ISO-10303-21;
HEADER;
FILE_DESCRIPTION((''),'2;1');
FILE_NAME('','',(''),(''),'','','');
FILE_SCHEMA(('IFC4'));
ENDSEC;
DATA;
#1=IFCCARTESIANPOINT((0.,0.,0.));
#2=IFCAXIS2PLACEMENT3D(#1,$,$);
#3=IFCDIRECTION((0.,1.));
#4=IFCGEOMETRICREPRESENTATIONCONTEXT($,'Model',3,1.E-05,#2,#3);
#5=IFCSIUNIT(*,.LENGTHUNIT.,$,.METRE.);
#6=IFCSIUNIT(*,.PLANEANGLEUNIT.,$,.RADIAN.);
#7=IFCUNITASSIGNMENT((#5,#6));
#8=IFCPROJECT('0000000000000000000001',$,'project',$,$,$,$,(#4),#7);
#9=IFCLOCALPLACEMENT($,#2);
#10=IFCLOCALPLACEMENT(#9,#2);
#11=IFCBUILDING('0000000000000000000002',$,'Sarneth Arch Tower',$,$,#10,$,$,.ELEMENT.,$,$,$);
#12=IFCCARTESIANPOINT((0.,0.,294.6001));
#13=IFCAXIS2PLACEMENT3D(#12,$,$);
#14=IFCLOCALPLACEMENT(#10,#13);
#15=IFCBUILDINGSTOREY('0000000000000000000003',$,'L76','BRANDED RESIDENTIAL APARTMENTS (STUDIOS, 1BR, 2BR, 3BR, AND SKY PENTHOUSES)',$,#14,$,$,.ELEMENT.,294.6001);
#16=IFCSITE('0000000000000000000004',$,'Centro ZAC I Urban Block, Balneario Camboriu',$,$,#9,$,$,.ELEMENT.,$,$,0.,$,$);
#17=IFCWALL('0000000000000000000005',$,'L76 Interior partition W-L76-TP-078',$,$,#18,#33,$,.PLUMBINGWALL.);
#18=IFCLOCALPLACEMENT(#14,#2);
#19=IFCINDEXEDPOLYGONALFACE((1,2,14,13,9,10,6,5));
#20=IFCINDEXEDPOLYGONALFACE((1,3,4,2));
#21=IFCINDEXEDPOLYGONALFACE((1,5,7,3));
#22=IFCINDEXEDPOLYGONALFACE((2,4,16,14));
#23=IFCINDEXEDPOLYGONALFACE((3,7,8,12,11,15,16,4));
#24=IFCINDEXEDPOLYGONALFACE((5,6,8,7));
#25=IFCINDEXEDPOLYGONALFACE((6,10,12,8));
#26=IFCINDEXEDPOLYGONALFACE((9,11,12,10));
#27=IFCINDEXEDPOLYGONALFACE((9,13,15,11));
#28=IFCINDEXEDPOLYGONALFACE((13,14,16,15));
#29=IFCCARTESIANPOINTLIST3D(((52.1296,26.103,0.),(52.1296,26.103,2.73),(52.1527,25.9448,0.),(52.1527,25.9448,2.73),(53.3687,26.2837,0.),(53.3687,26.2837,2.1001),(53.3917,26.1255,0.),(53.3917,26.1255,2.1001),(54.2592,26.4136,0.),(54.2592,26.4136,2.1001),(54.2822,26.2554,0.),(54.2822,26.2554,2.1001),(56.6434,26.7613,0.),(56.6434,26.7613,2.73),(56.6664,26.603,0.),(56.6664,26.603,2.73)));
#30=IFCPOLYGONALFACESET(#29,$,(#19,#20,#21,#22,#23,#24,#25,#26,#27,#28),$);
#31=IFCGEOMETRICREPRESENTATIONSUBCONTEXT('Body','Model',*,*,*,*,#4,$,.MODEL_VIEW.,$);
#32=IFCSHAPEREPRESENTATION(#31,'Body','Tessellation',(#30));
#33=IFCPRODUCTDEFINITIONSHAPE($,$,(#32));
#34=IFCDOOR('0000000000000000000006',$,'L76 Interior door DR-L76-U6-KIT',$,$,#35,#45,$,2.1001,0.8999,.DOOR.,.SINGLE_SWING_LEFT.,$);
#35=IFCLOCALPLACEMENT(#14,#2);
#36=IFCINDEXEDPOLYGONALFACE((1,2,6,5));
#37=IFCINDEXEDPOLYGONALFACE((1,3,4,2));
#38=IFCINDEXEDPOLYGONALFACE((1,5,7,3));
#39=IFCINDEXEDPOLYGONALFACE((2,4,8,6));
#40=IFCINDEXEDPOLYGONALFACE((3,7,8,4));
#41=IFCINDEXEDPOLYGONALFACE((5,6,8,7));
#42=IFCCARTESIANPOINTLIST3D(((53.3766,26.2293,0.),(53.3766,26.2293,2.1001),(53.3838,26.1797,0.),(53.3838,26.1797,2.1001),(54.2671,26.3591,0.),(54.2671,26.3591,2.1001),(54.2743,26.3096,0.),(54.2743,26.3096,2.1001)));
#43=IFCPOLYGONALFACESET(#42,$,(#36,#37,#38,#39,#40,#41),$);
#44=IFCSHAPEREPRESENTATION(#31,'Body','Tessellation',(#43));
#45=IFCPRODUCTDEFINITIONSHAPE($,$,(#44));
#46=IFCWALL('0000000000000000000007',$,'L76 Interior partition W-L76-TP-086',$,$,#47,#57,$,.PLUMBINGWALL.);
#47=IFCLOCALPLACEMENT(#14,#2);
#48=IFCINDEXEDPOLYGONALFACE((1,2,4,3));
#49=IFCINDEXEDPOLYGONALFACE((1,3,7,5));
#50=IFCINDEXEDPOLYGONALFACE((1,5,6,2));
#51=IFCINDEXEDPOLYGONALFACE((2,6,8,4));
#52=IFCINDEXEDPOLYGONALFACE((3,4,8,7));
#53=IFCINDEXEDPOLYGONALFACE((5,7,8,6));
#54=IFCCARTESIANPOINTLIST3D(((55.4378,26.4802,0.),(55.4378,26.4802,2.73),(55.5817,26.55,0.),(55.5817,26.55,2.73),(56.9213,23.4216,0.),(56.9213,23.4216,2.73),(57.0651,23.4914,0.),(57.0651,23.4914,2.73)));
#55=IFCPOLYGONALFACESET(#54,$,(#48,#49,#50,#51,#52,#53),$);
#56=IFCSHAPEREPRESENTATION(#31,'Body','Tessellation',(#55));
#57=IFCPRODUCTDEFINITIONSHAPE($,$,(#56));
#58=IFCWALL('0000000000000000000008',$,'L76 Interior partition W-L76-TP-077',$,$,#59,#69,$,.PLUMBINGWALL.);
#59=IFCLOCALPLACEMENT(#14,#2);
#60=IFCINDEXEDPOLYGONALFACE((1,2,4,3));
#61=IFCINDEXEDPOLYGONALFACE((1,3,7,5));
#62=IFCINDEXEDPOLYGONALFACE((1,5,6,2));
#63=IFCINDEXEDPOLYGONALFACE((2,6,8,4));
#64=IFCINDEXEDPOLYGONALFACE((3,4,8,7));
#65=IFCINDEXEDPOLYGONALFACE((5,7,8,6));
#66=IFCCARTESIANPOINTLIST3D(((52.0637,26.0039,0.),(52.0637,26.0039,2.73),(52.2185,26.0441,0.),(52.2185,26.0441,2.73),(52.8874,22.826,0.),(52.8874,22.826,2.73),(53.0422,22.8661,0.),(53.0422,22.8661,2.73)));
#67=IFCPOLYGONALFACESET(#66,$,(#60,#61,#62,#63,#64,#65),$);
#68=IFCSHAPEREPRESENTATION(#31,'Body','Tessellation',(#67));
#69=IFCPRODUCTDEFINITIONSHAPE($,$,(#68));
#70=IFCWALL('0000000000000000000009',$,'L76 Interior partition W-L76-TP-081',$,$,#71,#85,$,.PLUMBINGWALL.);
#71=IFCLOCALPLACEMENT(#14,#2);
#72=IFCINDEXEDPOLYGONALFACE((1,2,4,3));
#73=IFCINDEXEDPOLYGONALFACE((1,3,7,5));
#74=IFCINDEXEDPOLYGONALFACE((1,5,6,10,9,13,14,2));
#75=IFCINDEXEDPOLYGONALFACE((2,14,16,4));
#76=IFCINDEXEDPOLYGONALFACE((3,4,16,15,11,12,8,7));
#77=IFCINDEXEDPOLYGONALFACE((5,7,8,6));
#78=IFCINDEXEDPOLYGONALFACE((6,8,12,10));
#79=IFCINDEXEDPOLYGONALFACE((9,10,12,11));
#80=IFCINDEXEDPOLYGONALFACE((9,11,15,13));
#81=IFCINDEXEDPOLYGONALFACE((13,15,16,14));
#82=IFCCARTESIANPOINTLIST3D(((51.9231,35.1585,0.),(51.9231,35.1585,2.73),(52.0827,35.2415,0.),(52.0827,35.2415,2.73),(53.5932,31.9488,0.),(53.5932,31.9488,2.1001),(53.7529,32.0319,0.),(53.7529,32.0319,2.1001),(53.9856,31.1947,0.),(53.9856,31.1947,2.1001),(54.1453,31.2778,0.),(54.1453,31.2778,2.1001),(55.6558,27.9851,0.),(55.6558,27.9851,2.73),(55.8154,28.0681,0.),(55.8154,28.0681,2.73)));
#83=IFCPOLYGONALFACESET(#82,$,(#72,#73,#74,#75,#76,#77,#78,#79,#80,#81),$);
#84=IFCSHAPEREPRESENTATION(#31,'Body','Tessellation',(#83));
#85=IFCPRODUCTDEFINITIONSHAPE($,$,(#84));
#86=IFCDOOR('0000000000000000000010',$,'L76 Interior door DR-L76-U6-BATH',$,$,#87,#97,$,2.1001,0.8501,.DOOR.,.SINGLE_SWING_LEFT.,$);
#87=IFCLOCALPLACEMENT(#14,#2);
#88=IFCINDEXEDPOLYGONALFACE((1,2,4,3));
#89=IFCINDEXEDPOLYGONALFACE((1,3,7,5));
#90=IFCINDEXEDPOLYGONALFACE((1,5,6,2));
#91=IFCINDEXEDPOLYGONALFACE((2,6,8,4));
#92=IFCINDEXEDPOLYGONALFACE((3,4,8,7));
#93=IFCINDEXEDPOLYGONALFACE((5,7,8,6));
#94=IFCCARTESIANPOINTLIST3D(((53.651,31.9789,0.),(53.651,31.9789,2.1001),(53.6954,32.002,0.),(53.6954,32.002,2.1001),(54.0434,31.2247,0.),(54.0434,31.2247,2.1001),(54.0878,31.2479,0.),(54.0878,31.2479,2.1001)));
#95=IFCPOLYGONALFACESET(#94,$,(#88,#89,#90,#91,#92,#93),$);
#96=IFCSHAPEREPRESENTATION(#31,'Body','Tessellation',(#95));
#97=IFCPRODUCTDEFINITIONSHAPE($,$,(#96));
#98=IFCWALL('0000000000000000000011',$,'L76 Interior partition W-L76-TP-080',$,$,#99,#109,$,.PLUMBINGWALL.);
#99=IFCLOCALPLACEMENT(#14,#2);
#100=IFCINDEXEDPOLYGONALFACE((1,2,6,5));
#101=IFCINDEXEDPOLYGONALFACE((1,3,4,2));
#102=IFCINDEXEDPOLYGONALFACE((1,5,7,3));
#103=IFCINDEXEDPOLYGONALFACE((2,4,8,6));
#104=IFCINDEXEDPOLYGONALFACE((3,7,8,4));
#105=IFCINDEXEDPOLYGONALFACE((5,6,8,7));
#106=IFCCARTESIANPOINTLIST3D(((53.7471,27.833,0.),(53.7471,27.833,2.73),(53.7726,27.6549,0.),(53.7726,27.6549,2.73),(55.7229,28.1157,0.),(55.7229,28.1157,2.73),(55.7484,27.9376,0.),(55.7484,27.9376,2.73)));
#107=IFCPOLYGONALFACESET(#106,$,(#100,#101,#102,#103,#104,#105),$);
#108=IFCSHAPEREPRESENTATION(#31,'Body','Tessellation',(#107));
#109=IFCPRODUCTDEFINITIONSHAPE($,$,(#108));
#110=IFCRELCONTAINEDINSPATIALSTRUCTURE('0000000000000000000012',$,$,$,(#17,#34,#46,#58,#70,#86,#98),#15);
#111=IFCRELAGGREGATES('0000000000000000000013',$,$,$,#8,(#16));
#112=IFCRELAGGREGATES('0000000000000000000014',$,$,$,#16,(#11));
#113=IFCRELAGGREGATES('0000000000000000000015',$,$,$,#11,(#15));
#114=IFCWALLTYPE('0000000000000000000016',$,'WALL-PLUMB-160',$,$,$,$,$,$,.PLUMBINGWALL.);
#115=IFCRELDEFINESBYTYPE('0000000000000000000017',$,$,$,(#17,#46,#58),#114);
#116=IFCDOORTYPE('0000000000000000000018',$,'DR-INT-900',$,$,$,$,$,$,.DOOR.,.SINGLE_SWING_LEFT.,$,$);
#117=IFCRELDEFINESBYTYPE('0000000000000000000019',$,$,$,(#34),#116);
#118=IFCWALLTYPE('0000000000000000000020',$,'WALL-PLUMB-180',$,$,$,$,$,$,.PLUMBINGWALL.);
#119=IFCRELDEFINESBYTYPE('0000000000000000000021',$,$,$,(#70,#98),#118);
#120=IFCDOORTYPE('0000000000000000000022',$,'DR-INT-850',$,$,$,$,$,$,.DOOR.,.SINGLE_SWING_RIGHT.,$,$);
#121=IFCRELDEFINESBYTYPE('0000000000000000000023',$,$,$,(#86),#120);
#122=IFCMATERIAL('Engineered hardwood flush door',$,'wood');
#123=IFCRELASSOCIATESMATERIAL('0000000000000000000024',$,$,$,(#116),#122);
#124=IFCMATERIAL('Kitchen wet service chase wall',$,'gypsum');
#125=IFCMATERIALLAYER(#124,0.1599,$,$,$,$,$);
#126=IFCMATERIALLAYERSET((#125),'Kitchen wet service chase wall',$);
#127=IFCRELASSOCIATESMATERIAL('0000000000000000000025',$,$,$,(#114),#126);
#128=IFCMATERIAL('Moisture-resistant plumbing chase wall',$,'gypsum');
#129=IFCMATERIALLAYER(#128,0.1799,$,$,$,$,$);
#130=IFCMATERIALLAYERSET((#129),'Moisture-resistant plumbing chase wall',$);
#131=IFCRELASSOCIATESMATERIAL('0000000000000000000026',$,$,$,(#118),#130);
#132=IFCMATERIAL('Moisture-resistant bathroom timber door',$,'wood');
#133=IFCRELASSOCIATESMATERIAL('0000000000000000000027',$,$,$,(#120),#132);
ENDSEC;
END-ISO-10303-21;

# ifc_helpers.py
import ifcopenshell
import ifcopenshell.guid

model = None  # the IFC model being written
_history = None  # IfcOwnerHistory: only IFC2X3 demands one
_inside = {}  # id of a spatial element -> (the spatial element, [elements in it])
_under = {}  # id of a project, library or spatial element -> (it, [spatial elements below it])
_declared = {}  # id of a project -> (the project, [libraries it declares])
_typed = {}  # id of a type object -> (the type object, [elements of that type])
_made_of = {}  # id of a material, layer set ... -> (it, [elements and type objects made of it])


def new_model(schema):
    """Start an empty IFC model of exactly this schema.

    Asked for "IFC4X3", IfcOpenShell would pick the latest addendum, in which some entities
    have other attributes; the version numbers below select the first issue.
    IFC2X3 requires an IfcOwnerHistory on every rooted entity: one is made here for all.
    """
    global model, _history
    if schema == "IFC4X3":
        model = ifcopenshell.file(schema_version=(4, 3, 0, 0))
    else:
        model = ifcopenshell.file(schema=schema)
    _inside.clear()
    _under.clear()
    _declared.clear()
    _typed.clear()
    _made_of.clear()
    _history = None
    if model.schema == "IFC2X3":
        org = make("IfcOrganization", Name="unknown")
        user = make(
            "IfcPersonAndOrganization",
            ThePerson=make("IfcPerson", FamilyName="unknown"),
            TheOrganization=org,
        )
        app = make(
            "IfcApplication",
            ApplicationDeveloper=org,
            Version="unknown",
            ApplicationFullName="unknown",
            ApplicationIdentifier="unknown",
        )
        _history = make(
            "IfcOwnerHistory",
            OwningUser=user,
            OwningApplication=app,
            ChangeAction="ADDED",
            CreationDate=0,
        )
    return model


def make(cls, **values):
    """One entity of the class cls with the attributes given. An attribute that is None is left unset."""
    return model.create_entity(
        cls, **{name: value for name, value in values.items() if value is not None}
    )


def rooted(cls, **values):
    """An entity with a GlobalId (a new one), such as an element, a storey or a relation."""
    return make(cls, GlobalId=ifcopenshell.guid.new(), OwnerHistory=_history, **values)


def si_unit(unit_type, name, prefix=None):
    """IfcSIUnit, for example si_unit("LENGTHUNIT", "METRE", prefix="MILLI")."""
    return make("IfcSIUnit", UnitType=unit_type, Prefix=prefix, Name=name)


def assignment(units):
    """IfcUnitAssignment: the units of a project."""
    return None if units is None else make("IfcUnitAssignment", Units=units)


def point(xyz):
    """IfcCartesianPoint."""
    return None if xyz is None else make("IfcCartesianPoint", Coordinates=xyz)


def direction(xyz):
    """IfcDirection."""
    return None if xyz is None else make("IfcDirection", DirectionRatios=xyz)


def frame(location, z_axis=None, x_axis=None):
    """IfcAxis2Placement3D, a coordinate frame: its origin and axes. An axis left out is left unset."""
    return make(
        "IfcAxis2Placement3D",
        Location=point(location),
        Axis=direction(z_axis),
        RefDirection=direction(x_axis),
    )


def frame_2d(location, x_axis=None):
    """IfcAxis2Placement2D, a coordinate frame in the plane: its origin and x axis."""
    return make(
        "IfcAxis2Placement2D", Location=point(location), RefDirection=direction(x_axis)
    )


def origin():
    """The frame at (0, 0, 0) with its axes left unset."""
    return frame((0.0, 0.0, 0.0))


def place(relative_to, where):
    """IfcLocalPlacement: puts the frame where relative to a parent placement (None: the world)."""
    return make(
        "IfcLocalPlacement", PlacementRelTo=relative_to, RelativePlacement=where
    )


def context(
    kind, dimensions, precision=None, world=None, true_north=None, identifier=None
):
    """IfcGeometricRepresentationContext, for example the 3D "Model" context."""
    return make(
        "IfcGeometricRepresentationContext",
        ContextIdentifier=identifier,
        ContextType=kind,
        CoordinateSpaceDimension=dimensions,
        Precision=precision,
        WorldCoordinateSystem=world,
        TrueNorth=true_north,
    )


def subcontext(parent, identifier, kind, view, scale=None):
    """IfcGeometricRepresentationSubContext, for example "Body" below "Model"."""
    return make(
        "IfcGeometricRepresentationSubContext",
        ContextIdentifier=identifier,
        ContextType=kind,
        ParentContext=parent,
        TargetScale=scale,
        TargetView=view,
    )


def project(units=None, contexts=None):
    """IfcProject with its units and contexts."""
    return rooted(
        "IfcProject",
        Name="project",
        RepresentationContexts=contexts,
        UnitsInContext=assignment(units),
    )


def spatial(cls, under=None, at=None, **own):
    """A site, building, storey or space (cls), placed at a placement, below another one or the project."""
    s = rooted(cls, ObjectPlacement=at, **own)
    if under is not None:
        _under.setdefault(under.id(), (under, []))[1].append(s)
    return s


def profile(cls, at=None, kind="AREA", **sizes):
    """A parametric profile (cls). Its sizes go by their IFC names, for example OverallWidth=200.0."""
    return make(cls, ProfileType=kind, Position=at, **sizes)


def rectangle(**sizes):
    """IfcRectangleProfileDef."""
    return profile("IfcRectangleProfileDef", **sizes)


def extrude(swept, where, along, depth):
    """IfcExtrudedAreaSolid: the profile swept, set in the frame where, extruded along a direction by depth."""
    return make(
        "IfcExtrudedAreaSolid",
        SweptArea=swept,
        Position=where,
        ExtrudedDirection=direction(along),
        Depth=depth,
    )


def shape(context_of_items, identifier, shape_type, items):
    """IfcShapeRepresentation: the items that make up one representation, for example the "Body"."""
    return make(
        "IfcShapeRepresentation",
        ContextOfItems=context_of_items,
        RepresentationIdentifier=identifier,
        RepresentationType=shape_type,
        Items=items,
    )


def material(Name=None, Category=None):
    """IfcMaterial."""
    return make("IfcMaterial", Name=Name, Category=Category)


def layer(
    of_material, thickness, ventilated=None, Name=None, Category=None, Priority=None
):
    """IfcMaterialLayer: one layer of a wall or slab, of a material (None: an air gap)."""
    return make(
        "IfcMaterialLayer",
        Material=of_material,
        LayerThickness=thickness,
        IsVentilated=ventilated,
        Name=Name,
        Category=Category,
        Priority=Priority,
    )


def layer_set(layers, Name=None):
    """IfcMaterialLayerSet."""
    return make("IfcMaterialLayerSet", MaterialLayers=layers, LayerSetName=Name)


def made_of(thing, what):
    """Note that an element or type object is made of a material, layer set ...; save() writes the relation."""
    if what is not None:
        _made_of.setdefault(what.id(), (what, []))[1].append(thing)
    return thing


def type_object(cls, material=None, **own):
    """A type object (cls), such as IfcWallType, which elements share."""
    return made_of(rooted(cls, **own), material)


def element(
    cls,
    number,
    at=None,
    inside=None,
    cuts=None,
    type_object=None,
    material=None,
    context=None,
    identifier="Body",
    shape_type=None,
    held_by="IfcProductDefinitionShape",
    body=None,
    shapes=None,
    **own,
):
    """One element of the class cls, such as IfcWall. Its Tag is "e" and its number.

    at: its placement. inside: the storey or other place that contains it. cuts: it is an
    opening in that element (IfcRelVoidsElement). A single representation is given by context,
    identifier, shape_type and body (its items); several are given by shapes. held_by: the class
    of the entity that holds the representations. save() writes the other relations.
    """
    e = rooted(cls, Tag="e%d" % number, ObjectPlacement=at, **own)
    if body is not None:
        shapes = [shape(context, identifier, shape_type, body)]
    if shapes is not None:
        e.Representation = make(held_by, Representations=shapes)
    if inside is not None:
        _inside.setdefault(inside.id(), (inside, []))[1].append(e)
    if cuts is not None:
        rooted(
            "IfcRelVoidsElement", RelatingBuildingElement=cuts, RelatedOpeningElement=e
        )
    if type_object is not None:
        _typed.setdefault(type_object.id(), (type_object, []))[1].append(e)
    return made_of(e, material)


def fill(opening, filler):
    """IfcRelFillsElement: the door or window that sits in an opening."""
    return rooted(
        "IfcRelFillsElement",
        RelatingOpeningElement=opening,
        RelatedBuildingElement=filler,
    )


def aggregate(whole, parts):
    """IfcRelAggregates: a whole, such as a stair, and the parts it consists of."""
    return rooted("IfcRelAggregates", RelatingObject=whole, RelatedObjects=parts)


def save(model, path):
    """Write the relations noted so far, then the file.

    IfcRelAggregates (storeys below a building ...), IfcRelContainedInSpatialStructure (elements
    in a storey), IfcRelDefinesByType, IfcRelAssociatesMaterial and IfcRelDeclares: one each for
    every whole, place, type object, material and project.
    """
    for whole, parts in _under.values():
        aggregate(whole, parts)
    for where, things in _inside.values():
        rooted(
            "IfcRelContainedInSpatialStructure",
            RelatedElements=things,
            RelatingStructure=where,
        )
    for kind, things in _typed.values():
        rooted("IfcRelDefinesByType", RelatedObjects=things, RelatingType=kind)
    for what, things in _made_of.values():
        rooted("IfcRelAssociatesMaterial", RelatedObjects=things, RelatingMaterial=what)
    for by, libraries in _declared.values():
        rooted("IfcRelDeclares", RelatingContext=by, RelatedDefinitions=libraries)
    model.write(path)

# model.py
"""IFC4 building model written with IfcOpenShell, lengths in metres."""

from ifc_helpers import new_model, si_unit, direction, frame, frame_2d, origin, place, context, subcontext, project, spatial, rectangle, extrude, material, layer, layer_set, type_object, element, fill, save


model = new_model("IFC4")

# Units and contexts
model_context = context("Model", 3, precision=1e-05, world=origin(), true_north=direction((0.0, 1.0)))
body_context = subcontext(model_context, "Body", "Model", "MODEL_VIEW")
ifc_project = project(units=[si_unit("LENGTHUNIT", "METRE"), si_unit("PLANEANGLEUNIT", "RADIAN")], contexts=[model_context])

# Site, building, storey
site_placement = place(None, origin())
site = spatial("IfcSite", under=ifc_project, at=site_placement, Name="Centro ZAC I Urban Block, Balneario Camboriu", CompositionType="ELEMENT", RefElevation=0.0)
building_placement = place(site_placement, origin())
building = spatial("IfcBuilding", under=site, at=building_placement, Name="Sarneth Arch Tower", CompositionType="ELEMENT")
storey_placement = place(building_placement, frame((0.0, 0.0, 294.6001)))
storey = spatial("IfcBuildingStorey", under=building, at=storey_placement, Name="L76", Description="BRANDED RESIDENTIAL APARTMENTS (STUDIOS, 1BR, 2BR, 3BR, AND SKY PENTHOUSES)", CompositionType="ELEMENT", Elevation=294.6001)

# Shared definitions
ifc_material_1 = material(Name="Engineered hardwood flush door", Category="wood")
door_type_1 = type_object("IfcDoorType", Name="DR-INT-900", OperationType="SINGLE_SWING_LEFT", PredefinedType="DOOR", material=ifc_material_1)

# Wall, opening, door
ifc_material_2 = material(Name="Kitchen wet service chase wall", Category="gypsum")
ifc_layer_1 = layer(ifc_material_2, 0.1599)
ifc_layer_set_1 = layer_set([ifc_layer_1], Name="Kitchen wet service chase wall")
wall_type_1 = type_object("IfcWallType", Name="WALL-PLUMB-160", PredefinedType="PLUMBINGWALL", material=ifc_layer_set_1)
wall_1_placement = place(storey_placement, frame((52.1411, 26.0239, 0.0), z_axis=(0.0, 0.0, 1.0), x_axis=(0.989534, 0.144298, 0.0)))
wall_1 = element("IfcWall", 1, at=wall_1_placement, inside=storey, type_object=wall_type_1, Name="L76 Interior partition W-L76-TP-078", PredefinedType="PLUMBINGWALL", context=body_context, shape_type="SweptSolid", body=[
    extrude(rectangle(XDim=4.5615, YDim=0.1599, at=frame_2d((2.2808, 0.0))), origin(), (0.0, 0.0, 1.0), 2.73),
])
opening_1_placement = place(wall_1_placement, frame((1.2522, 0.0, 0.0)))
opening_1 = element("IfcOpeningElement", 2, at=opening_1_placement, cuts=wall_1, PredefinedType="OPENING", context=body_context, shape_type="SweptSolid", body=[
    extrude(rectangle(XDim=0.8999, YDim=2.1001, at=frame_2d((0.45, 1.05))), frame((0.0, 0.0898, 0.0), z_axis=(0.0, -1.0, 0.0), x_axis=(1.0, 0.0, 0.0)), (0.0, 0.0, 1.0), 0.1799),
])
door_1_placement = place(opening_1_placement, origin())
door_1 = element("IfcDoor", 3, at=door_1_placement, inside=storey, type_object=door_type_1, Name="L76 Interior door DR-L76-U6-KIT", OperationType="SINGLE_SWING_LEFT", OverallHeight=2.1001, OverallWidth=0.8999, PredefinedType="DOOR", context=body_context, shape_type="SweptSolid", body=[
    extrude(rectangle(XDim=0.8999, YDim=2.1001, at=frame_2d((0.45, 1.05))), frame((0.0, 0.0249, 0.0), z_axis=(0.0, -1.0, 0.0), x_axis=(1.0, 0.0, 0.0)), (0.0, 0.0, 1.0), 0.05),
])
fill(opening_1, door_1)

# Walls
wall_2_placement = place(storey_placement, frame((55.5098, 26.5151, 0.0), z_axis=(0.0, 0.0, 1.0), x_axis=(0.436379, -0.899763, 0.0)))
element("IfcWall", 4, at=wall_2_placement, inside=storey, type_object=wall_type_1, Name="L76 Interior partition W-L76-TP-086", PredefinedType="PLUMBINGWALL", context=body_context, shape_type="SweptSolid", body=[
    extrude(rectangle(XDim=3.3994, YDim=0.1599, at=frame_2d((1.6997, 0.0))), origin(), (0.0, 0.0, 1.0), 2.73),
])
wall_3_placement = place(storey_placement, frame((52.9648, 22.8459, 0.0), z_axis=(0.0, 0.0, 1.0), x_axis=(-0.250908, 0.968011, 0.0)))
element("IfcWall", 5, at=wall_3_placement, inside=storey, type_object=wall_type_1, Name="L76 Interior partition W-L76-TP-077", PredefinedType="PLUMBINGWALL", context=body_context, shape_type="SweptSolid", body=[
    extrude(rectangle(XDim=3.283, YDim=0.1599, at=frame_2d((1.6416, 0.0))), origin(), (0.0, 0.0, 1.0), 2.73),
])

# Wall, opening, door
ifc_material_3 = material(Name="Moisture-resistant plumbing chase wall", Category="gypsum")
ifc_layer_2 = layer(ifc_material_3, 0.1799)
ifc_layer_set_2 = layer_set([ifc_layer_2], Name="Moisture-resistant plumbing chase wall")
wall_type_2 = type_object("IfcWallType", Name="WALL-PLUMB-180", PredefinedType="PLUMBINGWALL", material=ifc_layer_set_2)
wall_4_placement = place(storey_placement, frame((55.7356, 28.0266, 0.0), z_axis=(0.0, 0.0, 1.0), x_axis=(-0.461599, 0.887089, 0.0)))
wall_4 = element("IfcWall", 6, at=wall_4_placement, inside=storey, type_object=wall_type_2, Name="L76 Interior partition W-L76-TP-081", PredefinedType="PLUMBINGWALL", context=body_context, shape_type="SweptSolid", body=[
    extrude(rectangle(XDim=8.0864, YDim=0.1799, at=frame_2d((4.0432, 0.0))), origin(), (0.0, 0.0, 1.0), 2.73),
])
opening_2_placement = place(wall_4_placement, frame((3.6182, 0.0, 0.0)))
opening_2 = element("IfcOpeningElement", 7, at=opening_2_placement, cuts=wall_4, PredefinedType="OPENING", context=body_context, shape_type="SweptSolid", body=[
    extrude(rectangle(XDim=0.8501, YDim=2.1001, at=frame_2d((0.425, 1.05))), frame((0.0, 0.0999, 0.0), z_axis=(0.0, -1.0, 0.0), x_axis=(1.0, 0.0, 0.0)), (0.0, 0.0, 1.0), 0.2),
])
ifc_material_4 = material(Name="Moisture-resistant bathroom timber door", Category="wood")
door_type_2 = type_object("IfcDoorType", Name="DR-INT-850", OperationType="SINGLE_SWING_RIGHT", PredefinedType="DOOR", material=ifc_material_4)
door_2_placement = place(opening_2_placement, origin())
door_2 = element("IfcDoor", 8, at=door_2_placement, inside=storey, type_object=door_type_2, Name="L76 Interior door DR-L76-U6-BATH", OperationType="SINGLE_SWING_LEFT", OverallHeight=2.1001, OverallWidth=0.8501, PredefinedType="DOOR", context=body_context, shape_type="SweptSolid", body=[
    extrude(rectangle(XDim=0.8501, YDim=2.1001, at=frame_2d((0.425, 1.05))), frame((0.0, 0.0249, 0.0), z_axis=(0.0, -1.0, 0.0), x_axis=(1.0, 0.0, 0.0)), (0.0, 0.0, 1.0), 0.05),
])
fill(opening_2, door_2)

# Wall
wall_5_placement = place(storey_placement, frame((53.7598, 27.7439, 0.0), z_axis=(0.0, 0.0, 1.0), x_axis=(0.989918, 0.141644, 0.0)))
element("IfcWall", 9, at=wall_5_placement, inside=storey, type_object=wall_type_2, Name="L76 Interior partition W-L76-TP-080", PredefinedType="PLUMBINGWALL", context=body_context, shape_type="SweptSolid", body=[
    extrude(rectangle(XDim=1.9958, YDim=0.1799, at=frame_2d((0.998, 0.0))), origin(), (0.0, 0.0, 1.0), 2.73),
])

save(model, "model.ifc")
